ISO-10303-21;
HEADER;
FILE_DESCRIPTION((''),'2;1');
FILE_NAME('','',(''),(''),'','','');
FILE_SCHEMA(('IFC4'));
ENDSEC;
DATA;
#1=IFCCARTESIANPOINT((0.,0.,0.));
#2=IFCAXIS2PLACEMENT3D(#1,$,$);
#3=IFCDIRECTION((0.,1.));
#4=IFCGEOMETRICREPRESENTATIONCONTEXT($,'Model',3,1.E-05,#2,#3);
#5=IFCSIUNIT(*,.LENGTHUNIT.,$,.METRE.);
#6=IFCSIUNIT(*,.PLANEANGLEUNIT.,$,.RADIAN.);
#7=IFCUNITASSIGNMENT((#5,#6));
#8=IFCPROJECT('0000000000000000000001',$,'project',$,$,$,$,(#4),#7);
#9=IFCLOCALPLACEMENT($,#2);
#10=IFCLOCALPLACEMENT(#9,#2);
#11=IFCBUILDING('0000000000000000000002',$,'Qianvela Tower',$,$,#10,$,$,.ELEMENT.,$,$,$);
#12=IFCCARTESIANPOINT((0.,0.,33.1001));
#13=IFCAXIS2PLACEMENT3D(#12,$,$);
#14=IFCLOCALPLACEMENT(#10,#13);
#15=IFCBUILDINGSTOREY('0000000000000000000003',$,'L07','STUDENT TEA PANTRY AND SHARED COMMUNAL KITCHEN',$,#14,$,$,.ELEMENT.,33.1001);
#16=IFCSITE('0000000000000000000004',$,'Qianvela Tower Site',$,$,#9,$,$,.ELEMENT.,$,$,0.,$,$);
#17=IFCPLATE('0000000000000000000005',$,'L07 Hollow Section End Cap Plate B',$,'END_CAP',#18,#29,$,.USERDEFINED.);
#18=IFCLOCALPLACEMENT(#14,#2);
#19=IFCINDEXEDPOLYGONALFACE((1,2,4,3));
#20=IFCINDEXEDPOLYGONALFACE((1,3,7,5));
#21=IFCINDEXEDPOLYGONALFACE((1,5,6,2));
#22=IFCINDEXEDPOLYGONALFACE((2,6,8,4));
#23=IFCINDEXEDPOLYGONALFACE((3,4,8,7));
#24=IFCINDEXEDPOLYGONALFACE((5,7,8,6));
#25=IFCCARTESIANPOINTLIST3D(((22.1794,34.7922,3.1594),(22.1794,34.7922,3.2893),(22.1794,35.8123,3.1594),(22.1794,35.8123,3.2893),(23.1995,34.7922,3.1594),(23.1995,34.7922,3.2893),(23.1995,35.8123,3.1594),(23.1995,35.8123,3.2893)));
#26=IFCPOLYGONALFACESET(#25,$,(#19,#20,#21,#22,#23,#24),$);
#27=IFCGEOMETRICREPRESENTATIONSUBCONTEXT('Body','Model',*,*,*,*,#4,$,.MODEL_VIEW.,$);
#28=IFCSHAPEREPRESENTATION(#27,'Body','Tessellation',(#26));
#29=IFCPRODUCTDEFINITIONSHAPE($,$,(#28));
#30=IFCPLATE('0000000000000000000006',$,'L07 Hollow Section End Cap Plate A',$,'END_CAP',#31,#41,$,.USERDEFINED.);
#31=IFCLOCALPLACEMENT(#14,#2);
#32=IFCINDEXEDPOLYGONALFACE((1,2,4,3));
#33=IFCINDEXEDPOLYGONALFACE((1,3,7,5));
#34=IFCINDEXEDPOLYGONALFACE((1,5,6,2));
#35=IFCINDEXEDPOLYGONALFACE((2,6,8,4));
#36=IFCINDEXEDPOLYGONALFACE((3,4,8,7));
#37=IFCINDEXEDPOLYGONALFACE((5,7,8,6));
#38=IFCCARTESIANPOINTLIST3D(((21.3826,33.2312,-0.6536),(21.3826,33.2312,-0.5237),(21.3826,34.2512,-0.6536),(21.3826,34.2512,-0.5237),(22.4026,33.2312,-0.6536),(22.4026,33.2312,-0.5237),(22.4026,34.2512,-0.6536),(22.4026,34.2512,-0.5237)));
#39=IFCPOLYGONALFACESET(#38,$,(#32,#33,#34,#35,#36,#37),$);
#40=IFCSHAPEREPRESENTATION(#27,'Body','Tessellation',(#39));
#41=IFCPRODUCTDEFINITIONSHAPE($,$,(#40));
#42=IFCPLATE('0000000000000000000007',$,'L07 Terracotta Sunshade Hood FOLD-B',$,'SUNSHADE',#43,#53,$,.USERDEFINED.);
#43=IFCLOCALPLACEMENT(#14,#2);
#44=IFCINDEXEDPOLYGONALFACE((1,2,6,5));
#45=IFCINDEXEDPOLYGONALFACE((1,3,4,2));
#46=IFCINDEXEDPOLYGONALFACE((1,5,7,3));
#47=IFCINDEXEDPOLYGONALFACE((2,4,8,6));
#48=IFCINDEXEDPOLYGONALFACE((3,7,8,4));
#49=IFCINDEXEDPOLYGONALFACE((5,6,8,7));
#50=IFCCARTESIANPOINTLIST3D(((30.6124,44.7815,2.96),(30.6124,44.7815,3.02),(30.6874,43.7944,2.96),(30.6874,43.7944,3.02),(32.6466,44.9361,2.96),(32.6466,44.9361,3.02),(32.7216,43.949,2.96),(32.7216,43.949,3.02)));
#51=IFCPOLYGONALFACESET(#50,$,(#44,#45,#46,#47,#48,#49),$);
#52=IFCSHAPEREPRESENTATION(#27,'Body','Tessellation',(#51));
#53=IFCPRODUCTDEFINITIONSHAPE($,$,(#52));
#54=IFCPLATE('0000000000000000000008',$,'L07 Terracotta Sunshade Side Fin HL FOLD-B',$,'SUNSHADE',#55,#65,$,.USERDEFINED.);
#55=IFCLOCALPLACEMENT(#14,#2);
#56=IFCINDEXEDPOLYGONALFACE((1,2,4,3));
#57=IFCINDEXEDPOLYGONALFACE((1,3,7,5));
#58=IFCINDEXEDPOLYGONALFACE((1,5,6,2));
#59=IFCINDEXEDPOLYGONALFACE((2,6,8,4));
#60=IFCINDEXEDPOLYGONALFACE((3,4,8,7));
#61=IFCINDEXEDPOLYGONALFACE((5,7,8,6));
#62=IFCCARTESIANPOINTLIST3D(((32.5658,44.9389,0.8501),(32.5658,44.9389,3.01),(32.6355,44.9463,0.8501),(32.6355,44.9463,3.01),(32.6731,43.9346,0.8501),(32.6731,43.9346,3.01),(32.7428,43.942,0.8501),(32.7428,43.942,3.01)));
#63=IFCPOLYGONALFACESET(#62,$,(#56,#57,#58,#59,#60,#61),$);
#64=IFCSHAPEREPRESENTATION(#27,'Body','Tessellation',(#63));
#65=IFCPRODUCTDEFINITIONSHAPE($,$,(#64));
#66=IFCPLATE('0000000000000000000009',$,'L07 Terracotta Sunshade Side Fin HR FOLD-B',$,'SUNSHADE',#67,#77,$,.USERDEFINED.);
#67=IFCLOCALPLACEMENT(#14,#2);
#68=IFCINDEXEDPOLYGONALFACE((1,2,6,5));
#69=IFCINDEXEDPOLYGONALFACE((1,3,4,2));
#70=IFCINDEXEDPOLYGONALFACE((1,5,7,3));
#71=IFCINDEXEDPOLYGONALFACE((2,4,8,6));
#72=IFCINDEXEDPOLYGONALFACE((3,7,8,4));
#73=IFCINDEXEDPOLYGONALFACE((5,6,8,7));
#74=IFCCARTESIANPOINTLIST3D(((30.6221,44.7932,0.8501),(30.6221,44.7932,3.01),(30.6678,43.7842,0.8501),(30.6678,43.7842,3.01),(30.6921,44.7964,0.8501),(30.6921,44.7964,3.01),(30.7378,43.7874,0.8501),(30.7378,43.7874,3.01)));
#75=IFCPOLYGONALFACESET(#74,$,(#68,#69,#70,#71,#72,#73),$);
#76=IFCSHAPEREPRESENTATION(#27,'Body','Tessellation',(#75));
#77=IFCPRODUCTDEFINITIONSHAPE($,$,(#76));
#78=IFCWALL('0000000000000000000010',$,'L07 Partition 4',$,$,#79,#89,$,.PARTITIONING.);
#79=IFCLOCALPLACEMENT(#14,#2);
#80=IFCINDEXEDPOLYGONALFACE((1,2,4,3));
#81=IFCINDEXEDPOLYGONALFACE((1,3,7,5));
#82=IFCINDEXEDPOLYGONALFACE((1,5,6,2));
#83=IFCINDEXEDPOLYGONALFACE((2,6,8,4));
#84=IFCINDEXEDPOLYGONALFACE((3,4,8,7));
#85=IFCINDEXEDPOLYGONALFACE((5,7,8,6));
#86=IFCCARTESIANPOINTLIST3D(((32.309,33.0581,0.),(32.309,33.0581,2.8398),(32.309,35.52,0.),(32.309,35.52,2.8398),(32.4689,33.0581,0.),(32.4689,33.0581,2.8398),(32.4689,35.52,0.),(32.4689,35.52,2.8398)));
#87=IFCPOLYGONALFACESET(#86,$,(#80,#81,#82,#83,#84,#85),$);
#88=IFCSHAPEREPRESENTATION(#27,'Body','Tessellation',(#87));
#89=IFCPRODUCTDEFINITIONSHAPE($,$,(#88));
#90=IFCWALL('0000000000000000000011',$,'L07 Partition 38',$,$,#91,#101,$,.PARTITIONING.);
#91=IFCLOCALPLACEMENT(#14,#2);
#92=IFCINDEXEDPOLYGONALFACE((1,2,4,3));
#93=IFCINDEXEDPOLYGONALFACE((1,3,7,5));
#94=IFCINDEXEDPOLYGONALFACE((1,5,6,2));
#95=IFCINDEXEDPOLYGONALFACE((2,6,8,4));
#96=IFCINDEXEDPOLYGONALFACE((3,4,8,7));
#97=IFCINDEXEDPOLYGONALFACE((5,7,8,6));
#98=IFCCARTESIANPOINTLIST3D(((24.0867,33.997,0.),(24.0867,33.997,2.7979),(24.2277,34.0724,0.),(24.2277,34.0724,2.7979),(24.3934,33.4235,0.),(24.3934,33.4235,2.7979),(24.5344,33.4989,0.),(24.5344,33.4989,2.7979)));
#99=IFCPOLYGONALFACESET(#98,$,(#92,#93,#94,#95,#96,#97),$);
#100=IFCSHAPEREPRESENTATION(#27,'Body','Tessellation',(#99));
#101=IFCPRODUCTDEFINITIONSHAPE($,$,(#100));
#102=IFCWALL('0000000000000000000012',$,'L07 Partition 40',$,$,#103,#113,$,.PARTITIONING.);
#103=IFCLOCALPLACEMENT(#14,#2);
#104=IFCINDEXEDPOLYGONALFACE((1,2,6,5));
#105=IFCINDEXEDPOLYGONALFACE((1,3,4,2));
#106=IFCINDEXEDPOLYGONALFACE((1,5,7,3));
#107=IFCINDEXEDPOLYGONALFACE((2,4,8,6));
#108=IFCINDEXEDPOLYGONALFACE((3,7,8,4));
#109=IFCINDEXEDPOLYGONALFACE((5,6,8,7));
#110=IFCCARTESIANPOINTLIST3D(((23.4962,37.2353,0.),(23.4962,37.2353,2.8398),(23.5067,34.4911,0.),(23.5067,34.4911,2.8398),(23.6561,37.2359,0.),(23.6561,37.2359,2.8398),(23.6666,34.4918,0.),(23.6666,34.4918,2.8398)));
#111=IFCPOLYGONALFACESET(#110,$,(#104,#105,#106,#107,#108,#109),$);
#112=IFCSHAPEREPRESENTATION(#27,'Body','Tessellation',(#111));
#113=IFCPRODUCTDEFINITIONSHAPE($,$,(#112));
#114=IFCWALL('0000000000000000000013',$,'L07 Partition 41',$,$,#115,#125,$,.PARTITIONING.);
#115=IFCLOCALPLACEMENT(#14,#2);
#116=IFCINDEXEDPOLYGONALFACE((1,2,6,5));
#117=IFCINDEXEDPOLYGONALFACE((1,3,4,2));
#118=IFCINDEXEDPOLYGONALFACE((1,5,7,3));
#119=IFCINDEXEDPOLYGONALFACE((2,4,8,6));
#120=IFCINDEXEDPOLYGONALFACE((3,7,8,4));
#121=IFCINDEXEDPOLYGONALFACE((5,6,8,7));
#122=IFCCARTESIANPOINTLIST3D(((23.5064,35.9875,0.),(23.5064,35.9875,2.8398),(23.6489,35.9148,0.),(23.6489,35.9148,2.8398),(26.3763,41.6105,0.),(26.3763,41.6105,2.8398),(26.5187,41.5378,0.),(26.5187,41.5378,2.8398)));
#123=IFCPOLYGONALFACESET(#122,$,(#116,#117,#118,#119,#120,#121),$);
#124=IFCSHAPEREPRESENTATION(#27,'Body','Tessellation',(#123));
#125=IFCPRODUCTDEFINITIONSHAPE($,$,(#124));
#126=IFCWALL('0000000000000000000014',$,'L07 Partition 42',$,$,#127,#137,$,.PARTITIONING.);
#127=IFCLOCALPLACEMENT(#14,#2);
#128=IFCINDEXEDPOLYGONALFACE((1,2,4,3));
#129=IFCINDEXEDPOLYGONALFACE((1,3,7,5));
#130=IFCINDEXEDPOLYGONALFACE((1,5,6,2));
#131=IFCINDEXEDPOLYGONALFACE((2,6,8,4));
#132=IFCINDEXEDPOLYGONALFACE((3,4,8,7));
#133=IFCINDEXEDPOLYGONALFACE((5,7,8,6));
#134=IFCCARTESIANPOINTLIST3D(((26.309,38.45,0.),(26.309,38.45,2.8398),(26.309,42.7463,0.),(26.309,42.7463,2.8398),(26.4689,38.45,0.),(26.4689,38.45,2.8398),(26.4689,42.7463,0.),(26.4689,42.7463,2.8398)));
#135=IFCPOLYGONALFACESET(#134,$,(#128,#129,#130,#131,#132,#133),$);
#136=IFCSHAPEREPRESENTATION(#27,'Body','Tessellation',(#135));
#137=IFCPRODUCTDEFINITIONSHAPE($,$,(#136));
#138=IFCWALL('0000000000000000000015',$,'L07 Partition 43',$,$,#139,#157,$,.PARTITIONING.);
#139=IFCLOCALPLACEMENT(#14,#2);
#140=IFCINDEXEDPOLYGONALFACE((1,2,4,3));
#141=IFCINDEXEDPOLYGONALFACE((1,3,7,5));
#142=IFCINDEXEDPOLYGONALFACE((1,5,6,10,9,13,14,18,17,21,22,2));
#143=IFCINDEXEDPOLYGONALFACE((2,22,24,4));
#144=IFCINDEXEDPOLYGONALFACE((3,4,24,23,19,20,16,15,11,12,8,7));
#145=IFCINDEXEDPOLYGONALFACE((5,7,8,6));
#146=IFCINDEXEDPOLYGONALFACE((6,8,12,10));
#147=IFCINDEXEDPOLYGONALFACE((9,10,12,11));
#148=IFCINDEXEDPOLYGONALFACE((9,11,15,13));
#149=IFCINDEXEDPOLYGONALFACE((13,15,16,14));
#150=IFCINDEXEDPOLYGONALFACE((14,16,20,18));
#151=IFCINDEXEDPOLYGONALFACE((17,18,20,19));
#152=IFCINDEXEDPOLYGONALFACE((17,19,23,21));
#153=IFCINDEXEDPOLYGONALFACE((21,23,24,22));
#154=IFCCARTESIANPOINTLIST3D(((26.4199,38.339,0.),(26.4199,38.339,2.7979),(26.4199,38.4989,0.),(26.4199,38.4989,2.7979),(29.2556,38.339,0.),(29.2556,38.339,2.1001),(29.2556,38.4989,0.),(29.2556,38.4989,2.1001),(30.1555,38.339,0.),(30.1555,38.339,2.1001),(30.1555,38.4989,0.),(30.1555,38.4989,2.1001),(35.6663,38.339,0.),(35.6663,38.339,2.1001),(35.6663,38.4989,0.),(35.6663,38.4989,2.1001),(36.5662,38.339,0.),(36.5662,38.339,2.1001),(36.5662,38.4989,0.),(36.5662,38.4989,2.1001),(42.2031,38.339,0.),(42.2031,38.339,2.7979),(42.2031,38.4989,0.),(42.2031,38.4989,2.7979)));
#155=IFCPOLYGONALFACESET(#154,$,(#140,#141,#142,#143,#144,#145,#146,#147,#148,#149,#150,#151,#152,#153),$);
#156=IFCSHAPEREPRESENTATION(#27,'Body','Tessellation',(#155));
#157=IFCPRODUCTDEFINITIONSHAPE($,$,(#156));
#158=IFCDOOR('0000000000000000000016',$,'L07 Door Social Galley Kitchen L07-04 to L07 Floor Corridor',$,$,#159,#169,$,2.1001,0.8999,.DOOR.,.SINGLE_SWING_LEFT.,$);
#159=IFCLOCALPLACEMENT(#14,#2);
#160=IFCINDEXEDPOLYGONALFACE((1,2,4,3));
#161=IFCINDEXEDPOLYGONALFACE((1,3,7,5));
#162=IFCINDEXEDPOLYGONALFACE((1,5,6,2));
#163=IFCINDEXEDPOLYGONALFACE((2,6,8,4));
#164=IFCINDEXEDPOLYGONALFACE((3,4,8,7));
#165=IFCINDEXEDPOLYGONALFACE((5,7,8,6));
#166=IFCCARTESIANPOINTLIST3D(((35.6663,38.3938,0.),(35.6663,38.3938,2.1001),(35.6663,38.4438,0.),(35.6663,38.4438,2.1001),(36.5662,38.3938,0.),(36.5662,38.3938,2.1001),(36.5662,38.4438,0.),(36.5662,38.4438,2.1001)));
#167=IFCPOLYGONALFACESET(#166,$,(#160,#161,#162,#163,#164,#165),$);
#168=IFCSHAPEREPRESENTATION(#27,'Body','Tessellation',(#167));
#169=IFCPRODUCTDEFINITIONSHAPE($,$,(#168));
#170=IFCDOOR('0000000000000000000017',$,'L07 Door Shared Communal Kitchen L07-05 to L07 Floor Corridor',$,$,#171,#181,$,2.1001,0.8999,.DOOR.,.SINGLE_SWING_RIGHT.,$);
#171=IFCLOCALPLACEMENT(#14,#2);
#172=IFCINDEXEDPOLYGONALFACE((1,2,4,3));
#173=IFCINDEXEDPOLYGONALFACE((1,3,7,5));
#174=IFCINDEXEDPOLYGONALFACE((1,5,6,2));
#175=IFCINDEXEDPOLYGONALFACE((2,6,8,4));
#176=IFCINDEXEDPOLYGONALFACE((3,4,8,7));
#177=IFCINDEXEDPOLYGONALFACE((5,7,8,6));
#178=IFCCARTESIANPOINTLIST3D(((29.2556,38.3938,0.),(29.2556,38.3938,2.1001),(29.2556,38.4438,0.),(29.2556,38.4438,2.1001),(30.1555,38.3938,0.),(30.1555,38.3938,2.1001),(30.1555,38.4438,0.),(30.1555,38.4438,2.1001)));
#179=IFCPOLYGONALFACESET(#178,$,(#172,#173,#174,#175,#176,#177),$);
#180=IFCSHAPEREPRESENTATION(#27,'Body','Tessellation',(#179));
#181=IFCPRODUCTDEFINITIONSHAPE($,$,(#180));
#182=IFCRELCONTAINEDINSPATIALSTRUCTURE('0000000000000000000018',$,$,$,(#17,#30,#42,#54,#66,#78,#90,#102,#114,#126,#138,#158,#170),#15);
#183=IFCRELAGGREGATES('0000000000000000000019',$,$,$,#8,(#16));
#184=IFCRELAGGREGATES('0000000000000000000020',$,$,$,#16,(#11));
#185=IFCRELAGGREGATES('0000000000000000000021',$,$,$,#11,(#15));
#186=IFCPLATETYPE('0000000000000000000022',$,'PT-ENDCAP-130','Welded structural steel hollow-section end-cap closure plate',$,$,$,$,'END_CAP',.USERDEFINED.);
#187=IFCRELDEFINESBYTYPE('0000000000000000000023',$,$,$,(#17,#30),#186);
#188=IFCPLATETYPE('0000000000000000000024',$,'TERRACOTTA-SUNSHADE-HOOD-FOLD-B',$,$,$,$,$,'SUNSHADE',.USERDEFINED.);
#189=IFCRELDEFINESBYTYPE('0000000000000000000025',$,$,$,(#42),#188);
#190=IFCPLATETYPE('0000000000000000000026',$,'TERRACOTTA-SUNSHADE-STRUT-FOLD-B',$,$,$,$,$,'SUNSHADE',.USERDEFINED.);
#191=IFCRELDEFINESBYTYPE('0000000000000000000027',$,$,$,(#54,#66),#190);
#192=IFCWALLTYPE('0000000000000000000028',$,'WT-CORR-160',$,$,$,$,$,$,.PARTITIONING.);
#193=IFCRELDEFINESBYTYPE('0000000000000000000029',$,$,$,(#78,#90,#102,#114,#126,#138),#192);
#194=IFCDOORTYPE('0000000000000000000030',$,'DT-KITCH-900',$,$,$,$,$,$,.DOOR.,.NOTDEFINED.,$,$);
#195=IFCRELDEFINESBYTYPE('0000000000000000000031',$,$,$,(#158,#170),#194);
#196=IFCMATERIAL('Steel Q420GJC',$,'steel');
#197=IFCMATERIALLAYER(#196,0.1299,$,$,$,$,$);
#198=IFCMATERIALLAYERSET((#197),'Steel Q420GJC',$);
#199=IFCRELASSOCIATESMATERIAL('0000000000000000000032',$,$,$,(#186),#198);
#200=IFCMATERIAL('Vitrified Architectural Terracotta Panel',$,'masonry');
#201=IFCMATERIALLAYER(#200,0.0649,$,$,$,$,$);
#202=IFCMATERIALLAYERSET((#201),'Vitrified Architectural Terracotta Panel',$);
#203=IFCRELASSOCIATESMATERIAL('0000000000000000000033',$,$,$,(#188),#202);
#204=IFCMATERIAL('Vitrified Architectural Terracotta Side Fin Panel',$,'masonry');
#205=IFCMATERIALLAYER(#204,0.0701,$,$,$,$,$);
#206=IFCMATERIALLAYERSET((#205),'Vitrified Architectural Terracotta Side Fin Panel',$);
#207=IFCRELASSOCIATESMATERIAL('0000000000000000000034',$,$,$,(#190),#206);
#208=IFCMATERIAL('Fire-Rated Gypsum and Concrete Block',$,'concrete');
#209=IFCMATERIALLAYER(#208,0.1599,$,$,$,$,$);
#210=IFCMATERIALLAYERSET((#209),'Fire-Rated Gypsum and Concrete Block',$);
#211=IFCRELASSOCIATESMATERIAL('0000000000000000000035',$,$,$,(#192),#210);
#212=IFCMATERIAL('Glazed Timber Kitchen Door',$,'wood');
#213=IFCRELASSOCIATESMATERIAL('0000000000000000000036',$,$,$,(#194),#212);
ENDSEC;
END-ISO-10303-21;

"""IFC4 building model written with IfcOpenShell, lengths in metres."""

from ifc_helpers import new_model, si_unit, direction, frame, frame_2d, origin, origin_2d, place, context, subcontext, project, spatial, rectangle, extrude, material, layer, layer_set, type_object, element, fill, save


model = new_model("IFC4")

# Units and contexts
model_context = context("Model", 3, precision=1e-05, world=origin(), true_north=direction((0.0, 1.0)))
body_context = subcontext(model_context, "Body", "Model", "MODEL_VIEW")
ifc_project = project(units=[si_unit("LENGTHUNIT", "METRE"), si_unit("PLANEANGLEUNIT", "RADIAN")], contexts=[model_context])

# Site, building, storey
site_placement = place(None, origin())
site = spatial("IfcSite", under=ifc_project, at=site_placement, Name="Qianvela Tower Site", CompositionType="ELEMENT", RefElevation=0.0)
building_placement = place(site_placement, origin())
building = spatial("IfcBuilding", under=site, at=building_placement, Name="Qianvela Tower", CompositionType="ELEMENT")
storey_placement = place(building_placement, frame((0.0, 0.0, 33.1001)))
storey = spatial("IfcBuildingStorey", under=building, at=storey_placement, Name="L07", Description="STUDENT TEA PANTRY AND SHARED COMMUNAL KITCHEN", CompositionType="ELEMENT", Elevation=33.1001)

# Plates
ifc_material_1 = material(Name="Steel Q420GJC", Category="steel")
ifc_layer_1 = layer(ifc_material_1, 0.1299)
ifc_layer_set_1 = layer_set([ifc_layer_1], Name="Steel Q420GJC")
plate_type_1 = type_object("IfcPlateType", Name="PT-ENDCAP-130", Description="Welded structural steel hollow-section end-cap closure plate", ElementType="END_CAP", PredefinedType="USERDEFINED", material=ifc_layer_set_1)
for number, where, z_axis, x_axis, name in (
    (1, (22.6895, 35.3022, 3.1594), (0.0, 0.0, 1.0), (1.0, 0.0, 0.0), "L07 Hollow Section End Cap Plate B"),
    (2, (21.8926, 33.7412, -0.6536), (0.0, 0.0, 1.0), (1.0, 0.0, 0.0), "L07 Hollow Section End Cap Plate A"),
):
    element("IfcPlate", number, at=place(storey_placement, frame(where, z_axis=z_axis, x_axis=x_axis)), inside=storey, type_object=plate_type_1, Name=name, ObjectType="END_CAP", PredefinedType="USERDEFINED", context=body_context, shape_type="SweptSolid", body=[
        extrude(rectangle(XDim=1.02, YDim=1.02, at=origin_2d()), origin(), (0.0, 0.0, 1.0), 0.1299),
    ])
ifc_material_2 = material(Name="Vitrified Architectural Terracotta Panel", Category="masonry")
ifc_layer_2 = layer(ifc_material_2, 0.0649)
ifc_layer_set_2 = layer_set([ifc_layer_2], Name="Vitrified Architectural Terracotta Panel")
plate_type_2 = type_object("IfcPlateType", Name="TERRACOTTA-SUNSHADE-HOOD-FOLD-B", ElementType="SUNSHADE", PredefinedType="USERDEFINED", material=ifc_layer_set_2)
plate_1_placement = place(storey_placement, frame((31.667, 44.3652, 2.96), z_axis=(0.0, 0.0, 1.0), x_axis=(-0.997125, -0.075776, 0.0)))
element("IfcPlate", 3, at=plate_1_placement, inside=storey, type_object=plate_type_2, Name="L07 Terracotta Sunshade Hood FOLD-B", ObjectType="SUNSHADE", PredefinedType="USERDEFINED", context=body_context, shape_type="SweptSolid", body=[
    extrude(rectangle(XDim=2.04, YDim=0.99, at=origin_2d()), origin(), (0.0, 0.0, 1.0), 0.0601),
])
ifc_material_3 = material(Name="Vitrified Architectural Terracotta Side Fin Panel", Category="masonry")
ifc_layer_3 = layer(ifc_material_3, 0.0701)
ifc_layer_set_3 = layer_set([ifc_layer_3], Name="Vitrified Architectural Terracotta Side Fin Panel")
plate_type_3 = type_object("IfcPlateType", Name="TERRACOTTA-SUNSHADE-STRUT-FOLD-B", ElementType="SUNSHADE", PredefinedType="USERDEFINED", material=ifc_layer_set_3)
for number, where, z_axis, x_axis, name in (
    (4, (32.6543, 44.4404, 0.8501), (0.0, 0.0, 1.0), (-0.994346, -0.106191, 0.0), "L07 Terracotta Sunshade Side Fin HL FOLD-B"),
    (5, (30.6799, 44.2903, 0.8501), (0.0, 0.0, 1.0), (-0.998974, -0.04529, 0.0), "L07 Terracotta Sunshade Side Fin HR FOLD-B"),
):
    element("IfcPlate", number, at=place(storey_placement, frame(where, z_axis=z_axis, x_axis=x_axis)), inside=storey, type_object=plate_type_3, Name=name, ObjectType="SUNSHADE", PredefinedType="USERDEFINED", context=body_context, shape_type="SweptSolid", body=[
        extrude(rectangle(XDim=0.0701, YDim=1.01, at=origin_2d()), origin(), (0.0, 0.0, 1.0), 2.1599),
    ])

# Shared definitions
ifc_material_4 = material(Name="Fire-Rated Gypsum and Concrete Block", Category="concrete")
ifc_layer_4 = layer(ifc_material_4, 0.1599)
ifc_layer_set_4 = layer_set([ifc_layer_4], Name="Fire-Rated Gypsum and Concrete Block")
wall_type_1 = type_object("IfcWallType", Name="WT-CORR-160", PredefinedType="PARTITIONING", material=ifc_layer_set_4)

# Walls
wall_1_placement = place(storey_placement, frame((32.3889, 35.52, 0.0), z_axis=(0.0, 0.0, 1.0), x_axis=(0.0, -1.0, 0.0)))
element("IfcWall", 6, at=wall_1_placement, inside=storey, type_object=wall_type_1, Name="L07 Partition 4", PredefinedType="PARTITIONING", context=body_context, shape_type="SweptSolid", body=[
    extrude(rectangle(XDim=2.4619, YDim=0.1599, at=frame_2d((1.231, 0.0))), origin(), (0.0, 0.0, 1.0), 2.8398),
])
wall_2_placement = place(storey_placement, frame((24.4639, 33.4612, 0.0), z_axis=(0.0, 0.0, 1.0), x_axis=(-0.471523, 0.881854, 0.0)))
element("IfcWall", 7, at=wall_2_placement, inside=storey, type_object=wall_type_1, Name="L07 Partition 38", PredefinedType="PARTITIONING", context=body_context, shape_type="SweptSolid", body=[
    extrude(rectangle(XDim=0.6504, YDim=0.1599, at=frame_2d((0.3252, 0.0))), origin(), (0.0, 0.0, 1.0), 2.7979),
])
wall_3_placement = place(storey_placement, frame((23.5867, 34.4915, 0.0), z_axis=(0.0, 0.0, 1.0), x_axis=(-0.003826, 0.999993, 0.0)))
element("IfcWall", 8, at=wall_3_placement, inside=storey, type_object=wall_type_1, Name="L07 Partition 40", PredefinedType="PARTITIONING", context=body_context, shape_type="SweptSolid", body=[
    extrude(rectangle(XDim=2.7441, YDim=0.1599, at=frame_2d((1.3721, 0.0))), origin(), (0.0, 0.0, 1.0), 2.8398),
])
wall_4_placement = place(storey_placement, frame((23.5776, 35.9512, 0.0), z_axis=(0.0, 0.0, 1.0), x_axis=(0.454592, 0.8907, 0.0)))
element("IfcWall", 9, at=wall_4_placement, inside=storey, type_object=wall_type_1, Name="L07 Partition 41", PredefinedType="PARTITIONING", context=body_context, shape_type="SweptSolid", body=[
    extrude(rectangle(XDim=6.313, YDim=0.1599, at=frame_2d((3.1565, 0.0))), origin(), (0.0, 0.0, 1.0), 2.8398),
])
wall_5_placement = place(storey_placement, frame((26.3889, 42.7463, 0.0), z_axis=(0.0, 0.0, 1.0), x_axis=(0.0, -1.0, 0.0)))
element("IfcWall", 10, at=wall_5_placement, inside=storey, type_object=wall_type_1, Name="L07 Partition 42", PredefinedType="PARTITIONING", context=body_context, shape_type="SweptSolid", body=[
    extrude(rectangle(XDim=4.2964, YDim=0.1599, at=frame_2d((2.1482, 0.0))), origin(), (0.0, 0.0, 1.0), 2.8398),
])

# Wall, openings, doors
wall_6_placement = place(storey_placement, frame((26.4199, 38.4189, 0.0), z_axis=(0.0, 0.0, 1.0), x_axis=(1.0, 0.0, 0.0)))
wall_6 = element("IfcWall", 11, at=wall_6_placement, inside=storey, type_object=wall_type_1, Name="L07 Partition 43", PredefinedType="PARTITIONING", context=body_context, shape_type="SweptSolid", body=[
    extrude(rectangle(XDim=15.7832, YDim=0.1599, at=frame_2d((7.8916, 0.0))), origin(), (0.0, 0.0, 1.0), 2.7979),
])
opening_1_placement = place(wall_6_placement, frame((9.2463, 0.0, 0.0)))
opening_1 = element("IfcOpeningElement", 12, at=opening_1_placement, cuts=wall_6, PredefinedType="OPENING", context=body_context, shape_type="SweptSolid", body=[
    extrude(rectangle(XDim=0.8999, YDim=2.1001, at=frame_2d((0.45, 1.05))), frame((0.0, 0.0898, 0.0), z_axis=(0.0, -1.0, 0.0), x_axis=(1.0, 0.0, 0.0)), (0.0, 0.0, 1.0), 0.1799),
])
opening_2_placement = place(wall_6_placement, frame((2.8357, 0.0, 0.0)))
opening_2 = element("IfcOpeningElement", 13, at=opening_2_placement, cuts=wall_6, PredefinedType="OPENING", context=body_context, shape_type="SweptSolid", body=[
    extrude(rectangle(XDim=0.8999, YDim=2.1001, at=frame_2d((0.45, 1.05))), frame((0.0, 0.0898, 0.0), z_axis=(0.0, -1.0, 0.0), x_axis=(1.0, 0.0, 0.0)), (0.0, 0.0, 1.0), 0.1799),
])
ifc_material_5 = material(Name="Glazed Timber Kitchen Door", Category="wood")
door_type_1 = type_object("IfcDoorType", Name="DT-KITCH-900", OperationType="NOTDEFINED", PredefinedType="DOOR", material=ifc_material_5)
door_1_placement = place(opening_1_placement, origin())
door_1 = element("IfcDoor", 14, at=door_1_placement, inside=storey, type_object=door_type_1, Name="L07 Door Social Galley Kitchen L07-04 to L07 Floor Corridor", OperationType="SINGLE_SWING_LEFT", OverallHeight=2.1001, OverallWidth=0.8999, PredefinedType="DOOR", context=body_context, shape_type="SweptSolid", body=[
    extrude(rectangle(XDim=0.8999, YDim=2.1001, at=frame_2d((0.45, 1.05))), frame((0.0, 0.0249, 0.0), z_axis=(0.0, -1.0, 0.0), x_axis=(1.0, 0.0, 0.0)), (0.0, 0.0, 1.0), 0.05),
])
fill(opening_1, door_1)
door_2_placement = place(opening_2_placement, origin())
door_2 = element("IfcDoor", 15, at=door_2_placement, inside=storey, type_object=door_type_1, Name="L07 Door Shared Communal Kitchen L07-05 to L07 Floor Corridor", OperationType="SINGLE_SWING_RIGHT", OverallHeight=2.1001, OverallWidth=0.8999, PredefinedType="DOOR", context=body_context, shape_type="SweptSolid", body=[
    extrude(rectangle(XDim=0.8999, YDim=2.1001, at=frame_2d((0.45, 1.05))), frame((0.0, 0.0249, 0.0), z_axis=(0.0, -1.0, 0.0), x_axis=(1.0, 0.0, 0.0)), (0.0, 0.0, 1.0), 0.05),
])
fill(opening_2, door_2)

save(model, "model.ifc")
